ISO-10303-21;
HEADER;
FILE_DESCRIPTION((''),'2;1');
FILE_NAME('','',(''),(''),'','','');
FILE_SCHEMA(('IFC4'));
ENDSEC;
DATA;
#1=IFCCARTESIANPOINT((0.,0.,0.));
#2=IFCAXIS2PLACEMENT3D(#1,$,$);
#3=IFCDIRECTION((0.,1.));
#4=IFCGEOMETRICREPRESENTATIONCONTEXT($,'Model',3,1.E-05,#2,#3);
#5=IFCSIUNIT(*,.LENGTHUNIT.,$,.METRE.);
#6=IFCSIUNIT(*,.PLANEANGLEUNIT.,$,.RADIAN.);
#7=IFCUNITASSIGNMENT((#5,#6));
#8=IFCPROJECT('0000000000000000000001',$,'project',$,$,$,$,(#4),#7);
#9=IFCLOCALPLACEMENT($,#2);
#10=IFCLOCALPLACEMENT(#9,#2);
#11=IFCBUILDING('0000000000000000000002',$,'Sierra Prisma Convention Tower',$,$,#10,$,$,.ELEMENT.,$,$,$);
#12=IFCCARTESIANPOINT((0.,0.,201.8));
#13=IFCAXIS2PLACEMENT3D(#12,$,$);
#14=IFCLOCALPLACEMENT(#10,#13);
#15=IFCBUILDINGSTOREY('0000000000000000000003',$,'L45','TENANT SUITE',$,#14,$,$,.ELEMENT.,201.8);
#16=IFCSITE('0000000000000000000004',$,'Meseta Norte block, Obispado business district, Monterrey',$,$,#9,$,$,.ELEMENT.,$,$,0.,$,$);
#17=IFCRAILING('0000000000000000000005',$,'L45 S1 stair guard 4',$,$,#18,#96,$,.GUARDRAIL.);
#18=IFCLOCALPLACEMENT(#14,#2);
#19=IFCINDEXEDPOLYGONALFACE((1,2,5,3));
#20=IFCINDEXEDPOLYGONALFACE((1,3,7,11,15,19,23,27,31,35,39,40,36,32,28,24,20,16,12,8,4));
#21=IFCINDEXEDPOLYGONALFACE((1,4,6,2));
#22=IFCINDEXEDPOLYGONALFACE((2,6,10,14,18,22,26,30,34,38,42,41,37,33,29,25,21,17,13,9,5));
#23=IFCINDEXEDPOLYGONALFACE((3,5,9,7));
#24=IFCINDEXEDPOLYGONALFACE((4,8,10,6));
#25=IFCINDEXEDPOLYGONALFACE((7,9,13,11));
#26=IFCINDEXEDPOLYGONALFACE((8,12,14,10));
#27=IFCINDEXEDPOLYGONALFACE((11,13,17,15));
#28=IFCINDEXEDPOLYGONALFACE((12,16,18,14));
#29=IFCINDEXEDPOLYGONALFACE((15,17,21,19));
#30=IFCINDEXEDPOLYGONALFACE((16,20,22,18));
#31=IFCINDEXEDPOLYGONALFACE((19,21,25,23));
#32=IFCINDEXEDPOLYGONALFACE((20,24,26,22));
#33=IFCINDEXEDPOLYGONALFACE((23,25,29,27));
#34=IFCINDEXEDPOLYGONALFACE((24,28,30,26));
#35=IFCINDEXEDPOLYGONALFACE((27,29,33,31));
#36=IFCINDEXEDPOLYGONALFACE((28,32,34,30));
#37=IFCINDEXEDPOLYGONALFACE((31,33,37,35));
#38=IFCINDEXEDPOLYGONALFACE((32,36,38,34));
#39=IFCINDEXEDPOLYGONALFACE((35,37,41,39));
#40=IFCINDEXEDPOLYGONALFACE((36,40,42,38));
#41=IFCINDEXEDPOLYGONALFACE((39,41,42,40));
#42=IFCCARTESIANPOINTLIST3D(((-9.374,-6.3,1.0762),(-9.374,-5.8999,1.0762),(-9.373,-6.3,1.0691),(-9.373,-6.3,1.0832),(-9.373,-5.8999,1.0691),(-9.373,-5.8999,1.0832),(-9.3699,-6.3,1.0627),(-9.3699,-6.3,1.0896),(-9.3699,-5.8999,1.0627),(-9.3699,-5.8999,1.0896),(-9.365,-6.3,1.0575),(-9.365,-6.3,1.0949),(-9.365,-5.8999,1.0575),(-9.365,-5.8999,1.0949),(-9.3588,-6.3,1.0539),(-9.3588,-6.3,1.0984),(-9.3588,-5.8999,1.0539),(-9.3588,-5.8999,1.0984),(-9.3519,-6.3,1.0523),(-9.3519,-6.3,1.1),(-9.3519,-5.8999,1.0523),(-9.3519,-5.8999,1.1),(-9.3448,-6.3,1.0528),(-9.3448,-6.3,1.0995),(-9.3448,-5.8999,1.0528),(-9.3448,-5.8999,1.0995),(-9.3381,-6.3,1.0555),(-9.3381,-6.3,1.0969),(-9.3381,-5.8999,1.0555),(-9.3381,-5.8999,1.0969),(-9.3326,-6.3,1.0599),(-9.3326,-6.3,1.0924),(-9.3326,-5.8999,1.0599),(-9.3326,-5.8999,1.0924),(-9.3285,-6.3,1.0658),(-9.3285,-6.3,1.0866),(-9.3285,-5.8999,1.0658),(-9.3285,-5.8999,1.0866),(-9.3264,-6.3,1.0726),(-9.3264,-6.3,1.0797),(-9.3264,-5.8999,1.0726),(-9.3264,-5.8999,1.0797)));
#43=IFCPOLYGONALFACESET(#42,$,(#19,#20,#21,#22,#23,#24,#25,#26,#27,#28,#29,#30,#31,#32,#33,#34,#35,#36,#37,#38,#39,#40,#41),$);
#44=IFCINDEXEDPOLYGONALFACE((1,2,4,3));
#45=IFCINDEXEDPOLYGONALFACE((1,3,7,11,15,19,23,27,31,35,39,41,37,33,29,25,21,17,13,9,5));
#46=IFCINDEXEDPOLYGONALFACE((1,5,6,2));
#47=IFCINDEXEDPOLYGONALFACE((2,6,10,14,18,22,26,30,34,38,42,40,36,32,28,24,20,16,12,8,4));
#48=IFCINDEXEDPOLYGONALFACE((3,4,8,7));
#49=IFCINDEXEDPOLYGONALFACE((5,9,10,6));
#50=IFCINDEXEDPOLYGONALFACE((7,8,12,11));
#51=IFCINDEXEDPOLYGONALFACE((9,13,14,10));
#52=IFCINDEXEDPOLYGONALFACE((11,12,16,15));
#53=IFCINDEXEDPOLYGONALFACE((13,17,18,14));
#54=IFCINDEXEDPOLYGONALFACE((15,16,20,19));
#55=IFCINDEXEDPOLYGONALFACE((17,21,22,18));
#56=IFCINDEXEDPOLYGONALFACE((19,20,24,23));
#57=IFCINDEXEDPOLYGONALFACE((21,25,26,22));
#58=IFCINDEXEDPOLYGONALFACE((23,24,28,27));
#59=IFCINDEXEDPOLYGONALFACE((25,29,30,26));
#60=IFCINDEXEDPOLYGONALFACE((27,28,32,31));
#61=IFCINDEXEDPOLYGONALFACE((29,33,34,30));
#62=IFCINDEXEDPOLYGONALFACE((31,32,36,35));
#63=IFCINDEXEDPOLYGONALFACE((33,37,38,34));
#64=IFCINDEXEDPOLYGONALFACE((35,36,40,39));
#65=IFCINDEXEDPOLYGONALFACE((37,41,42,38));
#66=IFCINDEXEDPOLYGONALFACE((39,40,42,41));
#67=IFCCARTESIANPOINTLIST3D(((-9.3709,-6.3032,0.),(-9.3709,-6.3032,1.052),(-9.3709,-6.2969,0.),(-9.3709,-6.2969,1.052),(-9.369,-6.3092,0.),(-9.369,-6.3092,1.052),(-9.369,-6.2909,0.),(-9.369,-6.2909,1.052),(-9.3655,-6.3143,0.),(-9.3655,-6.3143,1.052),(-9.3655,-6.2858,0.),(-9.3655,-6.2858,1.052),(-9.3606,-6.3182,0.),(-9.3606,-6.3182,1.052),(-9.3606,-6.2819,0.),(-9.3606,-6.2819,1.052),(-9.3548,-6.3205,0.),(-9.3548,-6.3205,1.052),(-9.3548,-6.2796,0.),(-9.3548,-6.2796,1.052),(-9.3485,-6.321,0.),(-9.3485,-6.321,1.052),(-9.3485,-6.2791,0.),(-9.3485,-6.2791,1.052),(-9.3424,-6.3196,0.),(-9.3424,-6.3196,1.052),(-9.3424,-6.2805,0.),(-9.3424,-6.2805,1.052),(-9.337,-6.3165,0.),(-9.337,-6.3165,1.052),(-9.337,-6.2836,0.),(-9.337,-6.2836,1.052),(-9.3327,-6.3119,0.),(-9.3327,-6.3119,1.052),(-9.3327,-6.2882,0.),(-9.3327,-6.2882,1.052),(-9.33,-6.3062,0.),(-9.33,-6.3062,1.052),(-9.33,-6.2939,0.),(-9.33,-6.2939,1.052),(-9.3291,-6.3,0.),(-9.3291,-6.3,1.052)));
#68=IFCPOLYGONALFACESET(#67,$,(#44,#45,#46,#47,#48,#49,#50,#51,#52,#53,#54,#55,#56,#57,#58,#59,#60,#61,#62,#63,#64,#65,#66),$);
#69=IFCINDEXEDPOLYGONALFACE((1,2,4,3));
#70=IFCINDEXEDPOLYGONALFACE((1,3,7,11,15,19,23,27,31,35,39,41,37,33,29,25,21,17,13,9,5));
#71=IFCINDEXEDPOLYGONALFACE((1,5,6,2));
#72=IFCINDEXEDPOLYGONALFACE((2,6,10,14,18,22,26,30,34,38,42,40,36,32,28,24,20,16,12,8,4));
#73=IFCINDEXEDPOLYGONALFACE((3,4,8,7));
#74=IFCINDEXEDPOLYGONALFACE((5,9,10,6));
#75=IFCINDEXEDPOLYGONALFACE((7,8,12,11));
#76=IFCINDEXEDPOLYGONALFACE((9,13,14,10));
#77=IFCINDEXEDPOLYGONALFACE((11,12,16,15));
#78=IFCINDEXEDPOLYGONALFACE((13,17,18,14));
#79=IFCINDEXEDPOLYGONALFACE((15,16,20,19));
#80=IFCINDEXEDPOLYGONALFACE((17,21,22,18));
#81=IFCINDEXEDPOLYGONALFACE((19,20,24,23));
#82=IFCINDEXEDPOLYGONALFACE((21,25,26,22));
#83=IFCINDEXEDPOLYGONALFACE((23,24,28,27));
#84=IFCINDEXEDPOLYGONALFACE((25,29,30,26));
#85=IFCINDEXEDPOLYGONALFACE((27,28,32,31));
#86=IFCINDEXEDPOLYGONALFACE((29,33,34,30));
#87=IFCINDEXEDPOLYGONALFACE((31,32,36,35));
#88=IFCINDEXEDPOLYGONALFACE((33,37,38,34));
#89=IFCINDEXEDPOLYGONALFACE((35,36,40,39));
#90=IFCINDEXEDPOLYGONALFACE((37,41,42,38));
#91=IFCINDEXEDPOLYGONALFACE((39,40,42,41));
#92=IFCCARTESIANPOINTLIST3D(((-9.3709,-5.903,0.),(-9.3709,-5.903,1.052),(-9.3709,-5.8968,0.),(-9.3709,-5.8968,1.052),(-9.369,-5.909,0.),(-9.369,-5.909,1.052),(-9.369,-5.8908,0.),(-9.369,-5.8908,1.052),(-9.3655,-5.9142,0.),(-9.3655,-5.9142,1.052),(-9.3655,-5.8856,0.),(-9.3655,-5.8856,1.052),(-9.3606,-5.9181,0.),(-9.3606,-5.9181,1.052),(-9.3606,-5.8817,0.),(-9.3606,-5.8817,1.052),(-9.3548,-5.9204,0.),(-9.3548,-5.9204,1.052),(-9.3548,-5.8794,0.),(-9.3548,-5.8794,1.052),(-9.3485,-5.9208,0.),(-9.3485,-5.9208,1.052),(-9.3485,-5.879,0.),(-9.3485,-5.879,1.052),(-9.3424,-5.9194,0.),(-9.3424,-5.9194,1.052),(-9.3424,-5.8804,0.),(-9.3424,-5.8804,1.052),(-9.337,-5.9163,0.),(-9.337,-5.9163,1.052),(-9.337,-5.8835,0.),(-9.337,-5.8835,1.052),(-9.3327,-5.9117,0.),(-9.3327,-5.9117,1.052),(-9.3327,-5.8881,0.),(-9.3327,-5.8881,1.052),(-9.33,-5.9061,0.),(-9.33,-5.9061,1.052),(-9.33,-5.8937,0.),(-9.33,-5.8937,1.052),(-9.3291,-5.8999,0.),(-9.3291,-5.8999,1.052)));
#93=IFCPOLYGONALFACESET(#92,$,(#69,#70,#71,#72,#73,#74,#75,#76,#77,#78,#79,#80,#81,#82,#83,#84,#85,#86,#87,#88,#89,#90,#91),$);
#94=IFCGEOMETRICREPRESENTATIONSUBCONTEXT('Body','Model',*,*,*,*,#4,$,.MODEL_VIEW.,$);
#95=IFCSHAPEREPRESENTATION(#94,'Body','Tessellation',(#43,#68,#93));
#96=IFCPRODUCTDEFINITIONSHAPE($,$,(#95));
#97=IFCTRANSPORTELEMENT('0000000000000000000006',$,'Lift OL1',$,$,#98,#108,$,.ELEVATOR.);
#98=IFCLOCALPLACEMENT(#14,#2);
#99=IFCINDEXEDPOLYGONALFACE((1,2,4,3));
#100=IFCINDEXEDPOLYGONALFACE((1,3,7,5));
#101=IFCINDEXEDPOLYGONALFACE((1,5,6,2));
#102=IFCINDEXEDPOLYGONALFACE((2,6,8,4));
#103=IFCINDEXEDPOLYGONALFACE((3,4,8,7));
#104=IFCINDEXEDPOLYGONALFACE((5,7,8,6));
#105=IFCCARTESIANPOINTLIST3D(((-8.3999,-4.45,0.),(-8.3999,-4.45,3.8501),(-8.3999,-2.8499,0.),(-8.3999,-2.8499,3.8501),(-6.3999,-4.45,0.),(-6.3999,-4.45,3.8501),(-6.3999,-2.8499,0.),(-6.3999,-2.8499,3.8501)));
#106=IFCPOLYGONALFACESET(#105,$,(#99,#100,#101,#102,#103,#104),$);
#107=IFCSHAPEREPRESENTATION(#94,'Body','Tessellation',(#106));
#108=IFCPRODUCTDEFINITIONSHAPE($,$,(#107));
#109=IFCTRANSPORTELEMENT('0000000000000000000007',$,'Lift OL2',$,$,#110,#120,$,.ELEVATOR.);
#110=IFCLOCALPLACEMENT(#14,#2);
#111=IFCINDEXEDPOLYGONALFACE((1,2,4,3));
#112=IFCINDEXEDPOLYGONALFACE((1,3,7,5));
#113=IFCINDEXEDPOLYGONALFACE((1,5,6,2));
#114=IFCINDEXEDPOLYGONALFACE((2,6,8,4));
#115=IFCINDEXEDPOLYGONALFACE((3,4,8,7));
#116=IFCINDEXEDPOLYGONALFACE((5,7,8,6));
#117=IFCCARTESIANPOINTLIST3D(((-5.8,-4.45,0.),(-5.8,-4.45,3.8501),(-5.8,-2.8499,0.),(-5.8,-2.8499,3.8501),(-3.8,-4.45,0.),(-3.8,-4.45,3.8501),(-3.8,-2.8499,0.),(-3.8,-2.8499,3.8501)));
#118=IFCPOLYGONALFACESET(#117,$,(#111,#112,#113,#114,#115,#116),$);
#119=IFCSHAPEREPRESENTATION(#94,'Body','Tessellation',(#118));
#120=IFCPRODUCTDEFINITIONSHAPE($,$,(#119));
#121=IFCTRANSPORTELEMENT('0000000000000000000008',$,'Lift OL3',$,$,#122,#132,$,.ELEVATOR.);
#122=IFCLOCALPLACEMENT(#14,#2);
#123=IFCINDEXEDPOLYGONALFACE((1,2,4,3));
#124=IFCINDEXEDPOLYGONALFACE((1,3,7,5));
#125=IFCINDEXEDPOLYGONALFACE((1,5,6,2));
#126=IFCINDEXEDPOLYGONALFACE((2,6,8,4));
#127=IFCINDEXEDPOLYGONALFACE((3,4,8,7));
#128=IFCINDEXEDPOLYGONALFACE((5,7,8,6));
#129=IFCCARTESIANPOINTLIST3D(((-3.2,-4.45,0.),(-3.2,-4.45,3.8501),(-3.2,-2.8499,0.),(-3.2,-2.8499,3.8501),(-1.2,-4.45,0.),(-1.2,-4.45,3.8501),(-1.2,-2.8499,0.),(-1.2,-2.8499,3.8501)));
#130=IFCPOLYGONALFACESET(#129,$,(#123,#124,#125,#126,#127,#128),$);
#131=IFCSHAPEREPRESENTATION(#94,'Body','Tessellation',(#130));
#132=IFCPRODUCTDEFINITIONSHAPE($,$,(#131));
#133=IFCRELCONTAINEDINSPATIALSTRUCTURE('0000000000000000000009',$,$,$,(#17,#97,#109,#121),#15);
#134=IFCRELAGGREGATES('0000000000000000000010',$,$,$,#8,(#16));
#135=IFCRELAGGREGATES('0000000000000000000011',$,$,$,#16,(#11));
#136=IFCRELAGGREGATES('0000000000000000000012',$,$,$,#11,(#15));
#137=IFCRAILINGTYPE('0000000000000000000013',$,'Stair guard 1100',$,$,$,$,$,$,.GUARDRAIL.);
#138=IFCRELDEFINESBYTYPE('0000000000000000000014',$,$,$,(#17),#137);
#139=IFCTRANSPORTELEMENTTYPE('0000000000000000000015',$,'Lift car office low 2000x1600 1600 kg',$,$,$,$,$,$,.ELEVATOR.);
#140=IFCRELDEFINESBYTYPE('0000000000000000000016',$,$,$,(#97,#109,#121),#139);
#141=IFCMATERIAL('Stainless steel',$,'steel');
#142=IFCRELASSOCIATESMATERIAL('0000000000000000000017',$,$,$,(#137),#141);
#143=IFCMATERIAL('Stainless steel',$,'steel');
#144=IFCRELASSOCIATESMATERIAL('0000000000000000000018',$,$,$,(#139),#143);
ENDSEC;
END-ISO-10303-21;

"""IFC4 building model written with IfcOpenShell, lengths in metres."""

from ifc_helpers import new_model, si_unit, direction, frame, origin, origin_2d, place, context, subcontext, project, spatial, rectangle, circle, extrude, material, type_object, element, save


model = new_model("IFC4")

# Units and contexts
model_context = context("Model", 3, precision=1e-05, world=origin(), true_north=direction((0.0, 1.0)))
body_context = subcontext(model_context, "Body", "Model", "MODEL_VIEW")
ifc_project = project(units=[si_unit("LENGTHUNIT", "METRE"), si_unit("PLANEANGLEUNIT", "RADIAN")], contexts=[model_context])

# Site, building, storey
site_placement = place(None, origin())
site = spatial("IfcSite", under=ifc_project, at=site_placement, Name="Meseta Norte block, Obispado business district, Monterrey", CompositionType="ELEMENT", RefElevation=0.0)
building_placement = place(site_placement, origin())
building = spatial("IfcBuilding", under=site, at=building_placement, Name="Sierra Prisma Convention Tower", CompositionType="ELEMENT")
storey_placement = place(building_placement, frame((0.0, 0.0, 201.8)))
storey = spatial("IfcBuildingStorey", under=building, at=storey_placement, Name="L45", Description="TENANT SUITE", CompositionType="ELEMENT", Elevation=201.8)

# Railing
ifc_material_1 = material(Name="Stainless steel", Category="steel")
railing_type_1 = type_object("IfcRailingType", Name="Stair guard 1100", PredefinedType="GUARDRAIL", material=ifc_material_1)
railing_1_placement = place(storey_placement, frame((-9.3501, -6.3, 0.0)))
element("IfcRailing", 1, at=railing_1_placement, inside=storey, type_object=railing_type_1, Name="L45 S1 stair guard 4", PredefinedType="GUARDRAIL", context=body_context, shape_type="SweptSolid", body=[
    extrude(circle(Radius=0.0239, at=origin_2d()), frame((0.0, 0.0, 1.0762), z_axis=(0.0, 1.0, 0.0), x_axis=(-1.0, 0.0, 0.0)), (0.0, 0.0, 1.0), 0.4001),
    extrude(circle(Radius=0.021, at=origin_2d()), origin(), (0.0, 0.0, 1.0), 1.052),
    extrude(circle(Radius=0.021, at=origin_2d()), frame((0.0, 0.4001, 0.0)), (0.0, 0.0, 1.0), 1.052),
])

# Transport elements
ifc_material_2 = material(Name="Stainless steel", Category="steel")
transport_element_type = type_object("IfcTransportElementType", Name="Lift car office low 2000x1600 1600 kg", PredefinedType="ELEVATOR", material=ifc_material_2)
for number, where, z_axis, x_axis, name in (
    (2, (-7.3999, -3.6499, 0.0), (0.0, 0.0, 1.0), (1.0, 0.0, 0.0), "Lift OL1"),
    (3, (-4.8, -3.6499, 0.0), (0.0, 0.0, 1.0), (1.0, 0.0, 0.0), "Lift OL2"),
    (4, (-2.2, -3.6499, 0.0), (0.0, 0.0, 1.0), (1.0, 0.0, 0.0), "Lift OL3"),
):
    element("IfcTransportElement", number, at=place(storey_placement, frame(where, z_axis=z_axis, x_axis=x_axis)), inside=storey, type_object=transport_element_type, Name=name, PredefinedType="ELEVATOR", context=body_context, shape_type="SweptSolid", body=[
        extrude(rectangle(XDim=2.0, YDim=1.6001, at=origin_2d()), origin(), (0.0, 0.0, 1.0), 3.8501),
    ])

save(model, "model.ifc")
